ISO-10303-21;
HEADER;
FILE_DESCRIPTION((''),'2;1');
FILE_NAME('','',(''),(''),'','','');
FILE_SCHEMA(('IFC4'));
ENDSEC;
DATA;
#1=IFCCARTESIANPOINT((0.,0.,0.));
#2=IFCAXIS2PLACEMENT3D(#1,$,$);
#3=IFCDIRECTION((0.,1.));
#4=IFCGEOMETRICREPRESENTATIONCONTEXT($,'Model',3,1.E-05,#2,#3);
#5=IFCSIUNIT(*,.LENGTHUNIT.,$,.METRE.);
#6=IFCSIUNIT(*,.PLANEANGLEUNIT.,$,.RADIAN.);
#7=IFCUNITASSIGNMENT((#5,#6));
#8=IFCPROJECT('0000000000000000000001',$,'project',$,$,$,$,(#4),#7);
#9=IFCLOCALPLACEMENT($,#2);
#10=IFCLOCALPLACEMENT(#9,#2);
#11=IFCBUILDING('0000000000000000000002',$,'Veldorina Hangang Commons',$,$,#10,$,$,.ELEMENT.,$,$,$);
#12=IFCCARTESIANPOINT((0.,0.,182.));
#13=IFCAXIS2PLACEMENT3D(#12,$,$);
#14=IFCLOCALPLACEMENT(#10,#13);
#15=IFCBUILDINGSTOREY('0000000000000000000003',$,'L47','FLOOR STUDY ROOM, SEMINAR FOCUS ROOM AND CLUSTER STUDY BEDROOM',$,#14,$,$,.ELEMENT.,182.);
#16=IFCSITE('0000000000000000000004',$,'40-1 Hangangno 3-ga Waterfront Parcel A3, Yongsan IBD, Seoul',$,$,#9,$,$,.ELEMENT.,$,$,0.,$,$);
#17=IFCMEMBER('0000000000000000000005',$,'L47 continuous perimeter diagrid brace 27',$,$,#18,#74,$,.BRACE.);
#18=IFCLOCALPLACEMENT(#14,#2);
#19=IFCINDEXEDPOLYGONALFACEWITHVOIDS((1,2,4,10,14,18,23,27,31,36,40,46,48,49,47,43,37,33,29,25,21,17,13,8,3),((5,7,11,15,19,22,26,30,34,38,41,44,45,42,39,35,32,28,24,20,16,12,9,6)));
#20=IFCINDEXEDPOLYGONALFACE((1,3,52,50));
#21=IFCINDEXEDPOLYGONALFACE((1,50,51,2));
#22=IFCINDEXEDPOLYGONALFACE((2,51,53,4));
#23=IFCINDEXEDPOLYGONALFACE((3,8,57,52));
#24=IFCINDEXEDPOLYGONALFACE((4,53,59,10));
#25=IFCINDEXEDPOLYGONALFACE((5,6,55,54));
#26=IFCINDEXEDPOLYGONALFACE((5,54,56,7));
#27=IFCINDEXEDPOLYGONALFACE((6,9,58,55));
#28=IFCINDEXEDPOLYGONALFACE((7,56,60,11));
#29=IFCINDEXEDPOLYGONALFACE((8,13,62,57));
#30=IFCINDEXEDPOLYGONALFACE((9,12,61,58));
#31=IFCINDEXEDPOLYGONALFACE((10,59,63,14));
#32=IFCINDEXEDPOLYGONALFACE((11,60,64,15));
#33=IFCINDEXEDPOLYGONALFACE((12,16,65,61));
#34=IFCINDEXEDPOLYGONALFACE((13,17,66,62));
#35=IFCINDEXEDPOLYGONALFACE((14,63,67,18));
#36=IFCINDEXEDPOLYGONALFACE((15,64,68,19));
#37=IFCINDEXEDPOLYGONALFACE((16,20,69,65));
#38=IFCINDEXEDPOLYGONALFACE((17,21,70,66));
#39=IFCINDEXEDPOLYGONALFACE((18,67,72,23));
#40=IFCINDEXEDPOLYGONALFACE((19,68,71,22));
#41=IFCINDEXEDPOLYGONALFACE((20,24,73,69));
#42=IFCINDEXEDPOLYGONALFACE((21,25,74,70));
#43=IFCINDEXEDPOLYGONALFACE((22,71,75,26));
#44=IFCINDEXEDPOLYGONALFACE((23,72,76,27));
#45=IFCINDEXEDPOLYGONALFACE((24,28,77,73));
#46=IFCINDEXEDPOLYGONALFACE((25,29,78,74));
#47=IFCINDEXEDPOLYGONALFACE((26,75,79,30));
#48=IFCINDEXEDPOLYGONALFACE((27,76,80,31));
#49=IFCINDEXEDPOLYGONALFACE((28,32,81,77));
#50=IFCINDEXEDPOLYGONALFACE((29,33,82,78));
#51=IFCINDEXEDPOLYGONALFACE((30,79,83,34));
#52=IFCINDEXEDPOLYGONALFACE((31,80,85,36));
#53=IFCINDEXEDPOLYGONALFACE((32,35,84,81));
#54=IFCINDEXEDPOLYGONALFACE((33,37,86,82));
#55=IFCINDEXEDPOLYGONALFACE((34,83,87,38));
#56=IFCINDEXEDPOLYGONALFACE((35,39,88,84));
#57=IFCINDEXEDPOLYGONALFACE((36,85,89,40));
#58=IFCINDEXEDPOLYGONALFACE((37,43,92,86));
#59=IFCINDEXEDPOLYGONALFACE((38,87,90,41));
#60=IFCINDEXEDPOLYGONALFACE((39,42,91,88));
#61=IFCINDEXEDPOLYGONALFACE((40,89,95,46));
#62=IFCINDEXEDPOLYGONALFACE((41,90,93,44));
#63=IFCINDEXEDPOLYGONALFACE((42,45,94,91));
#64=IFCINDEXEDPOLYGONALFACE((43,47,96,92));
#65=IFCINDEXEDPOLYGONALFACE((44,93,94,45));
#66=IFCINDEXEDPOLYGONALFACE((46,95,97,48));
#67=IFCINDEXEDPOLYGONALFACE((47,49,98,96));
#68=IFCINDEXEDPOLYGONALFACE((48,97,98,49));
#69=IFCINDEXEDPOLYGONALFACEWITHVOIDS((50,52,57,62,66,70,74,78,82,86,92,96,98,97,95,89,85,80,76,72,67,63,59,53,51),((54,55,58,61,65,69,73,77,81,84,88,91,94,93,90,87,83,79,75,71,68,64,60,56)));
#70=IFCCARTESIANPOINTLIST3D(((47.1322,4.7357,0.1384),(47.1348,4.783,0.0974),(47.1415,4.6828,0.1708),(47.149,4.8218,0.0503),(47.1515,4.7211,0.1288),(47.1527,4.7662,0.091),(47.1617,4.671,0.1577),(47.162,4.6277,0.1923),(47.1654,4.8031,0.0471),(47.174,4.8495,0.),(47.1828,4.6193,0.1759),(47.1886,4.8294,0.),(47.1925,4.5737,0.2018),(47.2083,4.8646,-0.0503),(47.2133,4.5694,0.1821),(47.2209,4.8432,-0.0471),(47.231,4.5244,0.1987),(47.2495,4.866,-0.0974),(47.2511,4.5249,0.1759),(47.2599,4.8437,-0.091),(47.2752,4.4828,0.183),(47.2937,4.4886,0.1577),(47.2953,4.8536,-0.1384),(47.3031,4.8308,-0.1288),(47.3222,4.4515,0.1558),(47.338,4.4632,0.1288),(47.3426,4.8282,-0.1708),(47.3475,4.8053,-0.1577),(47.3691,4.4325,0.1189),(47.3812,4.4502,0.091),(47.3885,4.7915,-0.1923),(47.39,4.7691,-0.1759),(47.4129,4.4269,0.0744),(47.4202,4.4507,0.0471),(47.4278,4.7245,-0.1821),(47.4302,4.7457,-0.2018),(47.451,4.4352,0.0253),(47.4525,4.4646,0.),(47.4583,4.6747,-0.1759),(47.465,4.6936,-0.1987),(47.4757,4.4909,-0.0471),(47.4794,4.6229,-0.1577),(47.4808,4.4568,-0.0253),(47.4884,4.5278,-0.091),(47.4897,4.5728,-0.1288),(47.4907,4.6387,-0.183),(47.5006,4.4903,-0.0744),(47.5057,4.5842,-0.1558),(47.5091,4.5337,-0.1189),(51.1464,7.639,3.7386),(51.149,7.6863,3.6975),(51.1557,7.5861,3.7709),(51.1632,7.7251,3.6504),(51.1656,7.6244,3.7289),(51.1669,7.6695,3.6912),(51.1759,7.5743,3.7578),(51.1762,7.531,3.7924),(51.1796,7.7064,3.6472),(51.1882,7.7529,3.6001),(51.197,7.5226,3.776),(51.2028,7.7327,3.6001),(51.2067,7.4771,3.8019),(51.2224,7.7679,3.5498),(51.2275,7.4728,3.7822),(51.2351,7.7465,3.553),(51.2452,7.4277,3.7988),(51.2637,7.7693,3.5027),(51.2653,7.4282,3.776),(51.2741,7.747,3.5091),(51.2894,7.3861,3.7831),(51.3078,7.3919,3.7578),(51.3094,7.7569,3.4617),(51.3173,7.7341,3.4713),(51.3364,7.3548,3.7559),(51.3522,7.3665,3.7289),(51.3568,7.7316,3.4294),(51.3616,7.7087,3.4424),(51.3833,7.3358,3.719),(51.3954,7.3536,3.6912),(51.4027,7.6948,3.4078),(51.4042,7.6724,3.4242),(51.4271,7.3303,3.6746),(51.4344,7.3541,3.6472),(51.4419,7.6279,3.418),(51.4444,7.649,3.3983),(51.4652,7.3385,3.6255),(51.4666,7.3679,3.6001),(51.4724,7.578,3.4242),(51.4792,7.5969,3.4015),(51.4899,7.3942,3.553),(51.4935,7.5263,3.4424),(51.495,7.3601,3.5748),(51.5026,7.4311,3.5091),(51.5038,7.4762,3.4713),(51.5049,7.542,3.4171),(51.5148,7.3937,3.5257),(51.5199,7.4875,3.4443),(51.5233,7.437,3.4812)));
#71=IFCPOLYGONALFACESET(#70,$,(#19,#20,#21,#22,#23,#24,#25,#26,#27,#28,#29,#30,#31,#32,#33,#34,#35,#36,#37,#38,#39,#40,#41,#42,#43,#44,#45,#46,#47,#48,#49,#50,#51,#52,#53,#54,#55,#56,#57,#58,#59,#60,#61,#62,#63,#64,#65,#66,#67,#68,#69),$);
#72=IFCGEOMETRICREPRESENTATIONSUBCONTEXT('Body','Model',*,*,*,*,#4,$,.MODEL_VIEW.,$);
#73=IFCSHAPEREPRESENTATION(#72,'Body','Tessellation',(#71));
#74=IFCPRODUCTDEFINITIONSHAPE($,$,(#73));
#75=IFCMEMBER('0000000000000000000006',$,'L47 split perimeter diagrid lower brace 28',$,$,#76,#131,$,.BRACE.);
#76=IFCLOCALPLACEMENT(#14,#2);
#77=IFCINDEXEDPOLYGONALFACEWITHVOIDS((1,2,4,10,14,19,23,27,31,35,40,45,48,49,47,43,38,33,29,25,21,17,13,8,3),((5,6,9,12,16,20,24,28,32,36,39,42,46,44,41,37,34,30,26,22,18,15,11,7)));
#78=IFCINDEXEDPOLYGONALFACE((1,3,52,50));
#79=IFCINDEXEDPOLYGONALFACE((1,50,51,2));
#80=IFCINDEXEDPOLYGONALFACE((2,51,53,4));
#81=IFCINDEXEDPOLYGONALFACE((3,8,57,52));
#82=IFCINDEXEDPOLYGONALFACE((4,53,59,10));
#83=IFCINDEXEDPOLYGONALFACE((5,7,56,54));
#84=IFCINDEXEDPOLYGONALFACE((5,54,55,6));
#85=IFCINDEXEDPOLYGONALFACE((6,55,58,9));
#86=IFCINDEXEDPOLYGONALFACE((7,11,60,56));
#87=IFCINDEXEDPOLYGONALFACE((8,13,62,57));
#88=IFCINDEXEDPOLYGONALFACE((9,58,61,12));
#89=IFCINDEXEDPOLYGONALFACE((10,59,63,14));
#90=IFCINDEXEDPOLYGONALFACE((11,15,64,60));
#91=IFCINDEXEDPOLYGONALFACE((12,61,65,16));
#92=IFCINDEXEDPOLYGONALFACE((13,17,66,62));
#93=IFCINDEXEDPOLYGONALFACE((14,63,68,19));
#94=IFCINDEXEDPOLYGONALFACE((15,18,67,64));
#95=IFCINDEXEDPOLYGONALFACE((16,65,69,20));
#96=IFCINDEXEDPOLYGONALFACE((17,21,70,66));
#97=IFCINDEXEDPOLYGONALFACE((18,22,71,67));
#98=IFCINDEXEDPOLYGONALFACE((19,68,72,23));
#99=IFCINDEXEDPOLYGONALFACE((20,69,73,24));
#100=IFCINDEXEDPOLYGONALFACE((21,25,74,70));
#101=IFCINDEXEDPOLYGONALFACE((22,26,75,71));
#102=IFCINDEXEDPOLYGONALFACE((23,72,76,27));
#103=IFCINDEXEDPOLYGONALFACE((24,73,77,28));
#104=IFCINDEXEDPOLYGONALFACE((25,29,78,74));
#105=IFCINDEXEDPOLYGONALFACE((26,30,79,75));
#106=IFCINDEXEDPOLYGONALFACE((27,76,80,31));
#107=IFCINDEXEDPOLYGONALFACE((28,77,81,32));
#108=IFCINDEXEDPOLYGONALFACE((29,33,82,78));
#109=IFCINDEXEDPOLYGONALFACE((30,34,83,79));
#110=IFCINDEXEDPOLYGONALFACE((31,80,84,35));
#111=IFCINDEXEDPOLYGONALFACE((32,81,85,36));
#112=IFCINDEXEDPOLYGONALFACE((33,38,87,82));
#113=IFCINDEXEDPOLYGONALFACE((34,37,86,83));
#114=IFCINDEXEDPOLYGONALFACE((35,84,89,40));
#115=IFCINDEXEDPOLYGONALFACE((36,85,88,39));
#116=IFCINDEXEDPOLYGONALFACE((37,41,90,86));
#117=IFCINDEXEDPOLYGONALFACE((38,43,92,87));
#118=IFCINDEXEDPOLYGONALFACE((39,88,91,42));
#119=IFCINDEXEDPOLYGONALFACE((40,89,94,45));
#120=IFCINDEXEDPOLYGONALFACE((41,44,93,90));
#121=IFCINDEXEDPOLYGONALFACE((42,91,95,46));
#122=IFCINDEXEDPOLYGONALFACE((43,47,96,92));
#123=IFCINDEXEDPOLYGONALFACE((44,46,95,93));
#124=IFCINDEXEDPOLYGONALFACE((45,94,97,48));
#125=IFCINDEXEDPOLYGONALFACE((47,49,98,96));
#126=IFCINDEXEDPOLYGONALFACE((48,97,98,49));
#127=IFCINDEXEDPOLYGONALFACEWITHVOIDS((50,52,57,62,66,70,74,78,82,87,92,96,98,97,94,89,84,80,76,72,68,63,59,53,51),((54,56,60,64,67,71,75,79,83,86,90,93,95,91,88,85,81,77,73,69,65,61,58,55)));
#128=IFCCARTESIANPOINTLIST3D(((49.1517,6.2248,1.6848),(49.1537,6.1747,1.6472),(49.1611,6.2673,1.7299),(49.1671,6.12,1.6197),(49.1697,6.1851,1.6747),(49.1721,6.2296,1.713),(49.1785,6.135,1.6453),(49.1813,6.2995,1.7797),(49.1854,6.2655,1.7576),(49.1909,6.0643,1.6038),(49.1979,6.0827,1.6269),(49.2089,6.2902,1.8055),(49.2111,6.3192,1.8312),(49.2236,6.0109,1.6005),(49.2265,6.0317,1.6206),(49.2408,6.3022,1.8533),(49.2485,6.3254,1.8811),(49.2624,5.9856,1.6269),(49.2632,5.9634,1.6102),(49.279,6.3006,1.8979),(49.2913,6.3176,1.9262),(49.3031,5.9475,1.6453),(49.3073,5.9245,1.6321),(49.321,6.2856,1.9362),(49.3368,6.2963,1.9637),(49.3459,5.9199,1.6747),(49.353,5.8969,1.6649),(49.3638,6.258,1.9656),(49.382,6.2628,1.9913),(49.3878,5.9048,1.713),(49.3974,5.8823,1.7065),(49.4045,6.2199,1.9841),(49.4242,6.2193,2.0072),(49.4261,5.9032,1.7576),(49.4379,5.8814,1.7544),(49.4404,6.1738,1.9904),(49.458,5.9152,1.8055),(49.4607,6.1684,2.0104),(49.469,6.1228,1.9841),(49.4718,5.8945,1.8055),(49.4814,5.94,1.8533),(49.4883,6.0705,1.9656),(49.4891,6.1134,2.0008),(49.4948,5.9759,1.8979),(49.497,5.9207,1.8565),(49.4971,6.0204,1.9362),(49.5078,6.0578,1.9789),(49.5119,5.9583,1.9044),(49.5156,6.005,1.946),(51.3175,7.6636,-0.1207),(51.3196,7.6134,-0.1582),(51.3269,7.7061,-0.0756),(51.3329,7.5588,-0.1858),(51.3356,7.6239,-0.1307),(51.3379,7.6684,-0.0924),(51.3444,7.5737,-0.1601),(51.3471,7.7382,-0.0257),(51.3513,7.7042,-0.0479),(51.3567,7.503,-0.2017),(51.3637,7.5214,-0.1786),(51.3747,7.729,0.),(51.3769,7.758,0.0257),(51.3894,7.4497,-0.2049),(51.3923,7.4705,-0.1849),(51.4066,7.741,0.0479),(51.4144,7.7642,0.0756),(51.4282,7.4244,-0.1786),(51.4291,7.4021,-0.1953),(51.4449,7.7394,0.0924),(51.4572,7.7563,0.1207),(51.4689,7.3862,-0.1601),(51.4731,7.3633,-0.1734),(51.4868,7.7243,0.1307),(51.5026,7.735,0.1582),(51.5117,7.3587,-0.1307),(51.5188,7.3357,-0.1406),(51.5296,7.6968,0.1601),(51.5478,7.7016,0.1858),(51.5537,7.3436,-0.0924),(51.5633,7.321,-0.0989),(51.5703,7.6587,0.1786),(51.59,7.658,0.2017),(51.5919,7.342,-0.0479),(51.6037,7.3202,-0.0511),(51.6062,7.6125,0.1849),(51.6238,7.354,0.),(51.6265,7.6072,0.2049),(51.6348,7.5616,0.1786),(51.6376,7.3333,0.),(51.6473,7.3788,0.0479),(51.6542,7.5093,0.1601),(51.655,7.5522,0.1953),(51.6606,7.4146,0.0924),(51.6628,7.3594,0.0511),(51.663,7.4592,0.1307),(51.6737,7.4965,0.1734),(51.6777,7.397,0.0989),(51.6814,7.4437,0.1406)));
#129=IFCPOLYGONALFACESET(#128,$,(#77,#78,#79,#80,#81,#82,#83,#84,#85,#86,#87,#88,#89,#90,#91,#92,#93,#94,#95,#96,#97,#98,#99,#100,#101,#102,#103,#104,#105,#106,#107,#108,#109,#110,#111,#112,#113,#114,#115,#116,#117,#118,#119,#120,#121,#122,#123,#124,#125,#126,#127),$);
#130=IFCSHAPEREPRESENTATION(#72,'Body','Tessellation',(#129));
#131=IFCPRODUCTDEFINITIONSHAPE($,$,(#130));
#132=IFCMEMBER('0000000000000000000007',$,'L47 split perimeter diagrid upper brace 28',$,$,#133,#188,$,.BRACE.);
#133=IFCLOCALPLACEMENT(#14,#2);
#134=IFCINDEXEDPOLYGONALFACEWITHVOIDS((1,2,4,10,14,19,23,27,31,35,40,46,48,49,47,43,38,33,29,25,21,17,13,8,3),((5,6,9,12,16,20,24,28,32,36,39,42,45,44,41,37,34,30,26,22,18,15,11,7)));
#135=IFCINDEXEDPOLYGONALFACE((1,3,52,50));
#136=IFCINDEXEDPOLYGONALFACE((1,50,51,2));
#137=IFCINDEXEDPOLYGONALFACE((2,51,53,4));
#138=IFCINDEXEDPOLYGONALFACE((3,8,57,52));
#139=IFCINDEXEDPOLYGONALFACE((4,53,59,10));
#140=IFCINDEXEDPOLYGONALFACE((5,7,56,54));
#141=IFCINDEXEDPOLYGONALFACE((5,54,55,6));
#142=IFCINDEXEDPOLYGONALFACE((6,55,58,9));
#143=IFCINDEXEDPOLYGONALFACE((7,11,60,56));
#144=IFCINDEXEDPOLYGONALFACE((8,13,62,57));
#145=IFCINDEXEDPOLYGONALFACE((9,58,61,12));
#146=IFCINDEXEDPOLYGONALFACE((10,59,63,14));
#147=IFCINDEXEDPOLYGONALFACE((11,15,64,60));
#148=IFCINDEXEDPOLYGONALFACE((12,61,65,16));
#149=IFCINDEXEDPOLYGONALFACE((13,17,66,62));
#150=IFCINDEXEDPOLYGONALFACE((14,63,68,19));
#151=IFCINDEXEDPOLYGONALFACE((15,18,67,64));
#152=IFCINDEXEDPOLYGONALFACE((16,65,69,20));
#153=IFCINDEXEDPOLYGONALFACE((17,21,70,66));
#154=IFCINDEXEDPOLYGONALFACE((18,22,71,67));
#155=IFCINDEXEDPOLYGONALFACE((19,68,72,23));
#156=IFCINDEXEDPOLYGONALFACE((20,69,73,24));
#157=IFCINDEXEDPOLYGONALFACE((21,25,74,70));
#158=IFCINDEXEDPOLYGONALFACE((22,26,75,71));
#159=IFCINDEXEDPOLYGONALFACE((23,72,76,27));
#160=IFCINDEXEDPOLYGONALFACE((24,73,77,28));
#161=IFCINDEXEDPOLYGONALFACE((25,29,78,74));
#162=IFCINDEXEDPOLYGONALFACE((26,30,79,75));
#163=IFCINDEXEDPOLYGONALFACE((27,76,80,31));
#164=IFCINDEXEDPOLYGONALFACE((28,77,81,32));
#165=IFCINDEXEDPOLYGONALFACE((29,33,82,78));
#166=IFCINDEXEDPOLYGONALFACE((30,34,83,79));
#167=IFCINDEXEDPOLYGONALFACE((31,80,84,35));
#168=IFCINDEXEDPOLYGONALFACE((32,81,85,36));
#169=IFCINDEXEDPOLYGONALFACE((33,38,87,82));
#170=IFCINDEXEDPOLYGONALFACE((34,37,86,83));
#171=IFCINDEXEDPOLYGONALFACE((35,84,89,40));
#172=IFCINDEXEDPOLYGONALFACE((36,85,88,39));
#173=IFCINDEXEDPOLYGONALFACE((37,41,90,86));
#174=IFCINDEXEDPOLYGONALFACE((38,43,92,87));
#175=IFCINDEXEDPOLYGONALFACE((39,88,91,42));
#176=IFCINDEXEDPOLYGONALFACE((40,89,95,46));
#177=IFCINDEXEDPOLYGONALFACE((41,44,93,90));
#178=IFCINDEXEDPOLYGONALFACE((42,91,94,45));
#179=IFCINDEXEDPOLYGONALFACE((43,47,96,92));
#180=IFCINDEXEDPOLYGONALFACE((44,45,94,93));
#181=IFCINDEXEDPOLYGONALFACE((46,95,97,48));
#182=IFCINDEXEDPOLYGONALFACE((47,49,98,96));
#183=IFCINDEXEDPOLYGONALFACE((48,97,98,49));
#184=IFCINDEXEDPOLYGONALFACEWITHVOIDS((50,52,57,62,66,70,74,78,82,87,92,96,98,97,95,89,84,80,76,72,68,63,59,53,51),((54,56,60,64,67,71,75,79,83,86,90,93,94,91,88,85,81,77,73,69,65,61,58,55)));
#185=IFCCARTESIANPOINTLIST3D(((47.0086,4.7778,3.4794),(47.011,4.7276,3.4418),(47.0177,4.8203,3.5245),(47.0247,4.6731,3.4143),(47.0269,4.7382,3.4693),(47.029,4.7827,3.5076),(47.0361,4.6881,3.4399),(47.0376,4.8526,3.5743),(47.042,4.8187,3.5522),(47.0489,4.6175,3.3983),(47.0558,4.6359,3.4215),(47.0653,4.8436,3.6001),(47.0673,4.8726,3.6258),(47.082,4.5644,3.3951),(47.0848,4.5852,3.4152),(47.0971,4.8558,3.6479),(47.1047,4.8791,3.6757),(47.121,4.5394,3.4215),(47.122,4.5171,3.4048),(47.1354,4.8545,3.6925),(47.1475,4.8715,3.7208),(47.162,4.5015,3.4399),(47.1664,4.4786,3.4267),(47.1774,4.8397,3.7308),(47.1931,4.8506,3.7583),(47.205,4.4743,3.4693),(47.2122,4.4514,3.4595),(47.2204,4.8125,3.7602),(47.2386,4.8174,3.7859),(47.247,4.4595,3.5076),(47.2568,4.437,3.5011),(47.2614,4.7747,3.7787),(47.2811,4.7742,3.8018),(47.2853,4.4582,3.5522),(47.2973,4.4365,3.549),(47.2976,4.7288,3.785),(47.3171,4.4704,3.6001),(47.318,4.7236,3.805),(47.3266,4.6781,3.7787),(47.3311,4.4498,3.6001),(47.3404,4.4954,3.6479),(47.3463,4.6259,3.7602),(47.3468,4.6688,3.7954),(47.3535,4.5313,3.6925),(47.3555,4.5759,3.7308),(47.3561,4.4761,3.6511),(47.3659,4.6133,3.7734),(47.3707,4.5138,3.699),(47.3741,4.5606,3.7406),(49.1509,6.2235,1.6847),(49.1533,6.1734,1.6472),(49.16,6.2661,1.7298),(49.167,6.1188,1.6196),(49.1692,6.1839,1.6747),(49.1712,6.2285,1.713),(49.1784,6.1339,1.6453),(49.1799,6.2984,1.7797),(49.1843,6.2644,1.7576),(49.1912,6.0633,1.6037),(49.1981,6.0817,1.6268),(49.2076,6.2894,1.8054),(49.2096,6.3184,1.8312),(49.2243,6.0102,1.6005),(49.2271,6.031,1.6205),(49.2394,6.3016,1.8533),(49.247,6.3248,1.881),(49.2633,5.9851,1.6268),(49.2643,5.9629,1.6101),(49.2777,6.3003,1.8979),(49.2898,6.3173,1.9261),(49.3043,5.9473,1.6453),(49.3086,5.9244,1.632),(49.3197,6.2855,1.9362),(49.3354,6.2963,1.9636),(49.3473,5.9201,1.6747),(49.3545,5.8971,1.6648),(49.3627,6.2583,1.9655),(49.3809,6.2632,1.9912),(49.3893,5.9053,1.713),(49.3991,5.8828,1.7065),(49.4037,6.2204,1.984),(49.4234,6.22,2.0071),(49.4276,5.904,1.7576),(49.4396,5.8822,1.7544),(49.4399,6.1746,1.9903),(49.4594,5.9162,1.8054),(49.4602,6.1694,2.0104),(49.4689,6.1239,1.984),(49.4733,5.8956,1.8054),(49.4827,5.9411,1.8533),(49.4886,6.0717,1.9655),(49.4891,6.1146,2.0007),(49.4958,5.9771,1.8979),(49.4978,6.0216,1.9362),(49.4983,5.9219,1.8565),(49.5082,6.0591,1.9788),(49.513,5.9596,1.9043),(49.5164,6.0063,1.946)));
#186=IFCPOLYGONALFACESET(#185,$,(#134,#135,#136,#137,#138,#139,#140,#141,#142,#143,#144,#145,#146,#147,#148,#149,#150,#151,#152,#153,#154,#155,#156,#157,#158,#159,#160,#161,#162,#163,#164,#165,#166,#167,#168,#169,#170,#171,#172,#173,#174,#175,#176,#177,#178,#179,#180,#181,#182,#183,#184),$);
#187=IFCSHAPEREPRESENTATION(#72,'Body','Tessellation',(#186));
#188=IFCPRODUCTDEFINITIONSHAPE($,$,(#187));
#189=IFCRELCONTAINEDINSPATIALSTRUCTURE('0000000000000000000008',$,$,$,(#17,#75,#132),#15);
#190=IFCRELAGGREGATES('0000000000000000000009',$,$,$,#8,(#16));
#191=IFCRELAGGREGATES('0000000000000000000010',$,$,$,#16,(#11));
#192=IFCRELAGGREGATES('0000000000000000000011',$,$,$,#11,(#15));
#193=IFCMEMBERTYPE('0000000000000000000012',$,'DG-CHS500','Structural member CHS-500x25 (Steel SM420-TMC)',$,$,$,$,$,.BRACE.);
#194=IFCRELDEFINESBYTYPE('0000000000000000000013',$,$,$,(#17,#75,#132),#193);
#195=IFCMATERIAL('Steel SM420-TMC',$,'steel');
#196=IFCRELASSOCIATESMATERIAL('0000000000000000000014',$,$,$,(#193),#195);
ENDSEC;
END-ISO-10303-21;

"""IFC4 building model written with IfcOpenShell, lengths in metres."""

from ifc_helpers import new_model, si_unit, direction, frame, origin, origin_2d, place, context, subcontext, project, spatial, hollow_circle, extrude, material, material_profile, profile_set, type_object, element, save


model = new_model("IFC4")

# Units and contexts
model_context = context("Model", 3, precision=1e-05, world=origin(), true_north=direction((0.0, 1.0)))
body_context = subcontext(model_context, "Body", "Model", "MODEL_VIEW")
ifc_project = project(units=[si_unit("LENGTHUNIT", "METRE"), si_unit("PLANEANGLEUNIT", "RADIAN")], contexts=[model_context])

# Site, building, storey
site_placement = place(None, origin())
site = spatial("IfcSite", under=ifc_project, at=site_placement, Name="40-1 Hangangno 3-ga Waterfront Parcel A3, Yongsan IBD, Seoul", CompositionType="ELEMENT", RefElevation=0.0)
building_placement = place(site_placement, origin())
building = spatial("IfcBuilding", under=site, at=building_placement, Name="Veldorina Hangang Commons", CompositionType="ELEMENT")
storey_placement = place(building_placement, frame((0.0, 0.0, 182.0)))
storey = spatial("IfcBuildingStorey", under=building, at=storey_placement, Name="L47", Description="FLOOR STUDY ROOM, SEMINAR FOCUS ROOM AND CLUSTER STUDY BEDROOM", CompositionType="ELEMENT", Elevation=182.0)

# Shared definitions
ifc_material_1 = material(Name="Steel SM420-TMC", Category="steel")

# Members
ifc_material_profile_1 = material_profile(ifc_material_1, hollow_circle(Radius=0.25, WallThickness=0.0249, at=origin_2d()), Name="CHS-500x25")
ifc_profile_set_1 = profile_set([ifc_material_profile_1], Name="Steel SM420-TMC")
member_type_1 = type_object("IfcMemberType", Name="DG-CHS500", Description="Structural member CHS-500x25 (Steel SM420-TMC)", PredefinedType="BRACE", material=ifc_profile_set_1)
member_1_placement = place(storey_placement, frame((47.3206, 4.647, 0.0), z_axis=(0.655479, 0.474088, 0.587866), x_axis=(-0.586048, 0.810276, 0.0)))
element("IfcMember", 1, at=member_1_placement, inside=storey, type_object=member_type_1, Name="L47 continuous perimeter diagrid brace 27", PredefinedType="BRACE", context=body_context, shape_type="SweptSolid", body=[
    extrude(hollow_circle(Radius=0.25, WallThickness=0.0249, at=origin_2d()), origin(), (0.0, 0.0, 1.0), 6.124),
])
member_2_placement = place(storey_placement, frame((51.4993, 7.5415, 0.0), z_axis=(-0.684192, -0.454509, 0.570353), x_axis=(0.553334, -0.832959, 0.0)))
element("IfcMember", 2, at=member_2_placement, inside=storey, type_object=member_type_1, Name="L47 split perimeter diagrid lower brace 28", PredefinedType="BRACE", context=body_context, shape_type="SweptSolid", body=[
    extrude(hollow_circle(Radius=0.25, WallThickness=0.0249, at=origin_2d()), origin(), (0.0, 0.0, 1.0), 3.1655),
])
member_3_placement = place(storey_placement, frame((49.3335, 6.1028, 1.8054), z_axis=(-0.680851, -0.459487, 0.570363), x_axis=(0.5594, -0.828898, 0.0)))
element("IfcMember", 3, at=member_3_placement, inside=storey, type_object=member_type_1, Name="L47 split perimeter diagrid upper brace 28", PredefinedType="BRACE", context=body_context, shape_type="SweptSolid", body=[
    extrude(hollow_circle(Radius=0.25, WallThickness=0.0249, at=origin_2d()), origin(), (0.0, 0.0, 1.0), 3.1465),
])

save(model, "model.ifc")
